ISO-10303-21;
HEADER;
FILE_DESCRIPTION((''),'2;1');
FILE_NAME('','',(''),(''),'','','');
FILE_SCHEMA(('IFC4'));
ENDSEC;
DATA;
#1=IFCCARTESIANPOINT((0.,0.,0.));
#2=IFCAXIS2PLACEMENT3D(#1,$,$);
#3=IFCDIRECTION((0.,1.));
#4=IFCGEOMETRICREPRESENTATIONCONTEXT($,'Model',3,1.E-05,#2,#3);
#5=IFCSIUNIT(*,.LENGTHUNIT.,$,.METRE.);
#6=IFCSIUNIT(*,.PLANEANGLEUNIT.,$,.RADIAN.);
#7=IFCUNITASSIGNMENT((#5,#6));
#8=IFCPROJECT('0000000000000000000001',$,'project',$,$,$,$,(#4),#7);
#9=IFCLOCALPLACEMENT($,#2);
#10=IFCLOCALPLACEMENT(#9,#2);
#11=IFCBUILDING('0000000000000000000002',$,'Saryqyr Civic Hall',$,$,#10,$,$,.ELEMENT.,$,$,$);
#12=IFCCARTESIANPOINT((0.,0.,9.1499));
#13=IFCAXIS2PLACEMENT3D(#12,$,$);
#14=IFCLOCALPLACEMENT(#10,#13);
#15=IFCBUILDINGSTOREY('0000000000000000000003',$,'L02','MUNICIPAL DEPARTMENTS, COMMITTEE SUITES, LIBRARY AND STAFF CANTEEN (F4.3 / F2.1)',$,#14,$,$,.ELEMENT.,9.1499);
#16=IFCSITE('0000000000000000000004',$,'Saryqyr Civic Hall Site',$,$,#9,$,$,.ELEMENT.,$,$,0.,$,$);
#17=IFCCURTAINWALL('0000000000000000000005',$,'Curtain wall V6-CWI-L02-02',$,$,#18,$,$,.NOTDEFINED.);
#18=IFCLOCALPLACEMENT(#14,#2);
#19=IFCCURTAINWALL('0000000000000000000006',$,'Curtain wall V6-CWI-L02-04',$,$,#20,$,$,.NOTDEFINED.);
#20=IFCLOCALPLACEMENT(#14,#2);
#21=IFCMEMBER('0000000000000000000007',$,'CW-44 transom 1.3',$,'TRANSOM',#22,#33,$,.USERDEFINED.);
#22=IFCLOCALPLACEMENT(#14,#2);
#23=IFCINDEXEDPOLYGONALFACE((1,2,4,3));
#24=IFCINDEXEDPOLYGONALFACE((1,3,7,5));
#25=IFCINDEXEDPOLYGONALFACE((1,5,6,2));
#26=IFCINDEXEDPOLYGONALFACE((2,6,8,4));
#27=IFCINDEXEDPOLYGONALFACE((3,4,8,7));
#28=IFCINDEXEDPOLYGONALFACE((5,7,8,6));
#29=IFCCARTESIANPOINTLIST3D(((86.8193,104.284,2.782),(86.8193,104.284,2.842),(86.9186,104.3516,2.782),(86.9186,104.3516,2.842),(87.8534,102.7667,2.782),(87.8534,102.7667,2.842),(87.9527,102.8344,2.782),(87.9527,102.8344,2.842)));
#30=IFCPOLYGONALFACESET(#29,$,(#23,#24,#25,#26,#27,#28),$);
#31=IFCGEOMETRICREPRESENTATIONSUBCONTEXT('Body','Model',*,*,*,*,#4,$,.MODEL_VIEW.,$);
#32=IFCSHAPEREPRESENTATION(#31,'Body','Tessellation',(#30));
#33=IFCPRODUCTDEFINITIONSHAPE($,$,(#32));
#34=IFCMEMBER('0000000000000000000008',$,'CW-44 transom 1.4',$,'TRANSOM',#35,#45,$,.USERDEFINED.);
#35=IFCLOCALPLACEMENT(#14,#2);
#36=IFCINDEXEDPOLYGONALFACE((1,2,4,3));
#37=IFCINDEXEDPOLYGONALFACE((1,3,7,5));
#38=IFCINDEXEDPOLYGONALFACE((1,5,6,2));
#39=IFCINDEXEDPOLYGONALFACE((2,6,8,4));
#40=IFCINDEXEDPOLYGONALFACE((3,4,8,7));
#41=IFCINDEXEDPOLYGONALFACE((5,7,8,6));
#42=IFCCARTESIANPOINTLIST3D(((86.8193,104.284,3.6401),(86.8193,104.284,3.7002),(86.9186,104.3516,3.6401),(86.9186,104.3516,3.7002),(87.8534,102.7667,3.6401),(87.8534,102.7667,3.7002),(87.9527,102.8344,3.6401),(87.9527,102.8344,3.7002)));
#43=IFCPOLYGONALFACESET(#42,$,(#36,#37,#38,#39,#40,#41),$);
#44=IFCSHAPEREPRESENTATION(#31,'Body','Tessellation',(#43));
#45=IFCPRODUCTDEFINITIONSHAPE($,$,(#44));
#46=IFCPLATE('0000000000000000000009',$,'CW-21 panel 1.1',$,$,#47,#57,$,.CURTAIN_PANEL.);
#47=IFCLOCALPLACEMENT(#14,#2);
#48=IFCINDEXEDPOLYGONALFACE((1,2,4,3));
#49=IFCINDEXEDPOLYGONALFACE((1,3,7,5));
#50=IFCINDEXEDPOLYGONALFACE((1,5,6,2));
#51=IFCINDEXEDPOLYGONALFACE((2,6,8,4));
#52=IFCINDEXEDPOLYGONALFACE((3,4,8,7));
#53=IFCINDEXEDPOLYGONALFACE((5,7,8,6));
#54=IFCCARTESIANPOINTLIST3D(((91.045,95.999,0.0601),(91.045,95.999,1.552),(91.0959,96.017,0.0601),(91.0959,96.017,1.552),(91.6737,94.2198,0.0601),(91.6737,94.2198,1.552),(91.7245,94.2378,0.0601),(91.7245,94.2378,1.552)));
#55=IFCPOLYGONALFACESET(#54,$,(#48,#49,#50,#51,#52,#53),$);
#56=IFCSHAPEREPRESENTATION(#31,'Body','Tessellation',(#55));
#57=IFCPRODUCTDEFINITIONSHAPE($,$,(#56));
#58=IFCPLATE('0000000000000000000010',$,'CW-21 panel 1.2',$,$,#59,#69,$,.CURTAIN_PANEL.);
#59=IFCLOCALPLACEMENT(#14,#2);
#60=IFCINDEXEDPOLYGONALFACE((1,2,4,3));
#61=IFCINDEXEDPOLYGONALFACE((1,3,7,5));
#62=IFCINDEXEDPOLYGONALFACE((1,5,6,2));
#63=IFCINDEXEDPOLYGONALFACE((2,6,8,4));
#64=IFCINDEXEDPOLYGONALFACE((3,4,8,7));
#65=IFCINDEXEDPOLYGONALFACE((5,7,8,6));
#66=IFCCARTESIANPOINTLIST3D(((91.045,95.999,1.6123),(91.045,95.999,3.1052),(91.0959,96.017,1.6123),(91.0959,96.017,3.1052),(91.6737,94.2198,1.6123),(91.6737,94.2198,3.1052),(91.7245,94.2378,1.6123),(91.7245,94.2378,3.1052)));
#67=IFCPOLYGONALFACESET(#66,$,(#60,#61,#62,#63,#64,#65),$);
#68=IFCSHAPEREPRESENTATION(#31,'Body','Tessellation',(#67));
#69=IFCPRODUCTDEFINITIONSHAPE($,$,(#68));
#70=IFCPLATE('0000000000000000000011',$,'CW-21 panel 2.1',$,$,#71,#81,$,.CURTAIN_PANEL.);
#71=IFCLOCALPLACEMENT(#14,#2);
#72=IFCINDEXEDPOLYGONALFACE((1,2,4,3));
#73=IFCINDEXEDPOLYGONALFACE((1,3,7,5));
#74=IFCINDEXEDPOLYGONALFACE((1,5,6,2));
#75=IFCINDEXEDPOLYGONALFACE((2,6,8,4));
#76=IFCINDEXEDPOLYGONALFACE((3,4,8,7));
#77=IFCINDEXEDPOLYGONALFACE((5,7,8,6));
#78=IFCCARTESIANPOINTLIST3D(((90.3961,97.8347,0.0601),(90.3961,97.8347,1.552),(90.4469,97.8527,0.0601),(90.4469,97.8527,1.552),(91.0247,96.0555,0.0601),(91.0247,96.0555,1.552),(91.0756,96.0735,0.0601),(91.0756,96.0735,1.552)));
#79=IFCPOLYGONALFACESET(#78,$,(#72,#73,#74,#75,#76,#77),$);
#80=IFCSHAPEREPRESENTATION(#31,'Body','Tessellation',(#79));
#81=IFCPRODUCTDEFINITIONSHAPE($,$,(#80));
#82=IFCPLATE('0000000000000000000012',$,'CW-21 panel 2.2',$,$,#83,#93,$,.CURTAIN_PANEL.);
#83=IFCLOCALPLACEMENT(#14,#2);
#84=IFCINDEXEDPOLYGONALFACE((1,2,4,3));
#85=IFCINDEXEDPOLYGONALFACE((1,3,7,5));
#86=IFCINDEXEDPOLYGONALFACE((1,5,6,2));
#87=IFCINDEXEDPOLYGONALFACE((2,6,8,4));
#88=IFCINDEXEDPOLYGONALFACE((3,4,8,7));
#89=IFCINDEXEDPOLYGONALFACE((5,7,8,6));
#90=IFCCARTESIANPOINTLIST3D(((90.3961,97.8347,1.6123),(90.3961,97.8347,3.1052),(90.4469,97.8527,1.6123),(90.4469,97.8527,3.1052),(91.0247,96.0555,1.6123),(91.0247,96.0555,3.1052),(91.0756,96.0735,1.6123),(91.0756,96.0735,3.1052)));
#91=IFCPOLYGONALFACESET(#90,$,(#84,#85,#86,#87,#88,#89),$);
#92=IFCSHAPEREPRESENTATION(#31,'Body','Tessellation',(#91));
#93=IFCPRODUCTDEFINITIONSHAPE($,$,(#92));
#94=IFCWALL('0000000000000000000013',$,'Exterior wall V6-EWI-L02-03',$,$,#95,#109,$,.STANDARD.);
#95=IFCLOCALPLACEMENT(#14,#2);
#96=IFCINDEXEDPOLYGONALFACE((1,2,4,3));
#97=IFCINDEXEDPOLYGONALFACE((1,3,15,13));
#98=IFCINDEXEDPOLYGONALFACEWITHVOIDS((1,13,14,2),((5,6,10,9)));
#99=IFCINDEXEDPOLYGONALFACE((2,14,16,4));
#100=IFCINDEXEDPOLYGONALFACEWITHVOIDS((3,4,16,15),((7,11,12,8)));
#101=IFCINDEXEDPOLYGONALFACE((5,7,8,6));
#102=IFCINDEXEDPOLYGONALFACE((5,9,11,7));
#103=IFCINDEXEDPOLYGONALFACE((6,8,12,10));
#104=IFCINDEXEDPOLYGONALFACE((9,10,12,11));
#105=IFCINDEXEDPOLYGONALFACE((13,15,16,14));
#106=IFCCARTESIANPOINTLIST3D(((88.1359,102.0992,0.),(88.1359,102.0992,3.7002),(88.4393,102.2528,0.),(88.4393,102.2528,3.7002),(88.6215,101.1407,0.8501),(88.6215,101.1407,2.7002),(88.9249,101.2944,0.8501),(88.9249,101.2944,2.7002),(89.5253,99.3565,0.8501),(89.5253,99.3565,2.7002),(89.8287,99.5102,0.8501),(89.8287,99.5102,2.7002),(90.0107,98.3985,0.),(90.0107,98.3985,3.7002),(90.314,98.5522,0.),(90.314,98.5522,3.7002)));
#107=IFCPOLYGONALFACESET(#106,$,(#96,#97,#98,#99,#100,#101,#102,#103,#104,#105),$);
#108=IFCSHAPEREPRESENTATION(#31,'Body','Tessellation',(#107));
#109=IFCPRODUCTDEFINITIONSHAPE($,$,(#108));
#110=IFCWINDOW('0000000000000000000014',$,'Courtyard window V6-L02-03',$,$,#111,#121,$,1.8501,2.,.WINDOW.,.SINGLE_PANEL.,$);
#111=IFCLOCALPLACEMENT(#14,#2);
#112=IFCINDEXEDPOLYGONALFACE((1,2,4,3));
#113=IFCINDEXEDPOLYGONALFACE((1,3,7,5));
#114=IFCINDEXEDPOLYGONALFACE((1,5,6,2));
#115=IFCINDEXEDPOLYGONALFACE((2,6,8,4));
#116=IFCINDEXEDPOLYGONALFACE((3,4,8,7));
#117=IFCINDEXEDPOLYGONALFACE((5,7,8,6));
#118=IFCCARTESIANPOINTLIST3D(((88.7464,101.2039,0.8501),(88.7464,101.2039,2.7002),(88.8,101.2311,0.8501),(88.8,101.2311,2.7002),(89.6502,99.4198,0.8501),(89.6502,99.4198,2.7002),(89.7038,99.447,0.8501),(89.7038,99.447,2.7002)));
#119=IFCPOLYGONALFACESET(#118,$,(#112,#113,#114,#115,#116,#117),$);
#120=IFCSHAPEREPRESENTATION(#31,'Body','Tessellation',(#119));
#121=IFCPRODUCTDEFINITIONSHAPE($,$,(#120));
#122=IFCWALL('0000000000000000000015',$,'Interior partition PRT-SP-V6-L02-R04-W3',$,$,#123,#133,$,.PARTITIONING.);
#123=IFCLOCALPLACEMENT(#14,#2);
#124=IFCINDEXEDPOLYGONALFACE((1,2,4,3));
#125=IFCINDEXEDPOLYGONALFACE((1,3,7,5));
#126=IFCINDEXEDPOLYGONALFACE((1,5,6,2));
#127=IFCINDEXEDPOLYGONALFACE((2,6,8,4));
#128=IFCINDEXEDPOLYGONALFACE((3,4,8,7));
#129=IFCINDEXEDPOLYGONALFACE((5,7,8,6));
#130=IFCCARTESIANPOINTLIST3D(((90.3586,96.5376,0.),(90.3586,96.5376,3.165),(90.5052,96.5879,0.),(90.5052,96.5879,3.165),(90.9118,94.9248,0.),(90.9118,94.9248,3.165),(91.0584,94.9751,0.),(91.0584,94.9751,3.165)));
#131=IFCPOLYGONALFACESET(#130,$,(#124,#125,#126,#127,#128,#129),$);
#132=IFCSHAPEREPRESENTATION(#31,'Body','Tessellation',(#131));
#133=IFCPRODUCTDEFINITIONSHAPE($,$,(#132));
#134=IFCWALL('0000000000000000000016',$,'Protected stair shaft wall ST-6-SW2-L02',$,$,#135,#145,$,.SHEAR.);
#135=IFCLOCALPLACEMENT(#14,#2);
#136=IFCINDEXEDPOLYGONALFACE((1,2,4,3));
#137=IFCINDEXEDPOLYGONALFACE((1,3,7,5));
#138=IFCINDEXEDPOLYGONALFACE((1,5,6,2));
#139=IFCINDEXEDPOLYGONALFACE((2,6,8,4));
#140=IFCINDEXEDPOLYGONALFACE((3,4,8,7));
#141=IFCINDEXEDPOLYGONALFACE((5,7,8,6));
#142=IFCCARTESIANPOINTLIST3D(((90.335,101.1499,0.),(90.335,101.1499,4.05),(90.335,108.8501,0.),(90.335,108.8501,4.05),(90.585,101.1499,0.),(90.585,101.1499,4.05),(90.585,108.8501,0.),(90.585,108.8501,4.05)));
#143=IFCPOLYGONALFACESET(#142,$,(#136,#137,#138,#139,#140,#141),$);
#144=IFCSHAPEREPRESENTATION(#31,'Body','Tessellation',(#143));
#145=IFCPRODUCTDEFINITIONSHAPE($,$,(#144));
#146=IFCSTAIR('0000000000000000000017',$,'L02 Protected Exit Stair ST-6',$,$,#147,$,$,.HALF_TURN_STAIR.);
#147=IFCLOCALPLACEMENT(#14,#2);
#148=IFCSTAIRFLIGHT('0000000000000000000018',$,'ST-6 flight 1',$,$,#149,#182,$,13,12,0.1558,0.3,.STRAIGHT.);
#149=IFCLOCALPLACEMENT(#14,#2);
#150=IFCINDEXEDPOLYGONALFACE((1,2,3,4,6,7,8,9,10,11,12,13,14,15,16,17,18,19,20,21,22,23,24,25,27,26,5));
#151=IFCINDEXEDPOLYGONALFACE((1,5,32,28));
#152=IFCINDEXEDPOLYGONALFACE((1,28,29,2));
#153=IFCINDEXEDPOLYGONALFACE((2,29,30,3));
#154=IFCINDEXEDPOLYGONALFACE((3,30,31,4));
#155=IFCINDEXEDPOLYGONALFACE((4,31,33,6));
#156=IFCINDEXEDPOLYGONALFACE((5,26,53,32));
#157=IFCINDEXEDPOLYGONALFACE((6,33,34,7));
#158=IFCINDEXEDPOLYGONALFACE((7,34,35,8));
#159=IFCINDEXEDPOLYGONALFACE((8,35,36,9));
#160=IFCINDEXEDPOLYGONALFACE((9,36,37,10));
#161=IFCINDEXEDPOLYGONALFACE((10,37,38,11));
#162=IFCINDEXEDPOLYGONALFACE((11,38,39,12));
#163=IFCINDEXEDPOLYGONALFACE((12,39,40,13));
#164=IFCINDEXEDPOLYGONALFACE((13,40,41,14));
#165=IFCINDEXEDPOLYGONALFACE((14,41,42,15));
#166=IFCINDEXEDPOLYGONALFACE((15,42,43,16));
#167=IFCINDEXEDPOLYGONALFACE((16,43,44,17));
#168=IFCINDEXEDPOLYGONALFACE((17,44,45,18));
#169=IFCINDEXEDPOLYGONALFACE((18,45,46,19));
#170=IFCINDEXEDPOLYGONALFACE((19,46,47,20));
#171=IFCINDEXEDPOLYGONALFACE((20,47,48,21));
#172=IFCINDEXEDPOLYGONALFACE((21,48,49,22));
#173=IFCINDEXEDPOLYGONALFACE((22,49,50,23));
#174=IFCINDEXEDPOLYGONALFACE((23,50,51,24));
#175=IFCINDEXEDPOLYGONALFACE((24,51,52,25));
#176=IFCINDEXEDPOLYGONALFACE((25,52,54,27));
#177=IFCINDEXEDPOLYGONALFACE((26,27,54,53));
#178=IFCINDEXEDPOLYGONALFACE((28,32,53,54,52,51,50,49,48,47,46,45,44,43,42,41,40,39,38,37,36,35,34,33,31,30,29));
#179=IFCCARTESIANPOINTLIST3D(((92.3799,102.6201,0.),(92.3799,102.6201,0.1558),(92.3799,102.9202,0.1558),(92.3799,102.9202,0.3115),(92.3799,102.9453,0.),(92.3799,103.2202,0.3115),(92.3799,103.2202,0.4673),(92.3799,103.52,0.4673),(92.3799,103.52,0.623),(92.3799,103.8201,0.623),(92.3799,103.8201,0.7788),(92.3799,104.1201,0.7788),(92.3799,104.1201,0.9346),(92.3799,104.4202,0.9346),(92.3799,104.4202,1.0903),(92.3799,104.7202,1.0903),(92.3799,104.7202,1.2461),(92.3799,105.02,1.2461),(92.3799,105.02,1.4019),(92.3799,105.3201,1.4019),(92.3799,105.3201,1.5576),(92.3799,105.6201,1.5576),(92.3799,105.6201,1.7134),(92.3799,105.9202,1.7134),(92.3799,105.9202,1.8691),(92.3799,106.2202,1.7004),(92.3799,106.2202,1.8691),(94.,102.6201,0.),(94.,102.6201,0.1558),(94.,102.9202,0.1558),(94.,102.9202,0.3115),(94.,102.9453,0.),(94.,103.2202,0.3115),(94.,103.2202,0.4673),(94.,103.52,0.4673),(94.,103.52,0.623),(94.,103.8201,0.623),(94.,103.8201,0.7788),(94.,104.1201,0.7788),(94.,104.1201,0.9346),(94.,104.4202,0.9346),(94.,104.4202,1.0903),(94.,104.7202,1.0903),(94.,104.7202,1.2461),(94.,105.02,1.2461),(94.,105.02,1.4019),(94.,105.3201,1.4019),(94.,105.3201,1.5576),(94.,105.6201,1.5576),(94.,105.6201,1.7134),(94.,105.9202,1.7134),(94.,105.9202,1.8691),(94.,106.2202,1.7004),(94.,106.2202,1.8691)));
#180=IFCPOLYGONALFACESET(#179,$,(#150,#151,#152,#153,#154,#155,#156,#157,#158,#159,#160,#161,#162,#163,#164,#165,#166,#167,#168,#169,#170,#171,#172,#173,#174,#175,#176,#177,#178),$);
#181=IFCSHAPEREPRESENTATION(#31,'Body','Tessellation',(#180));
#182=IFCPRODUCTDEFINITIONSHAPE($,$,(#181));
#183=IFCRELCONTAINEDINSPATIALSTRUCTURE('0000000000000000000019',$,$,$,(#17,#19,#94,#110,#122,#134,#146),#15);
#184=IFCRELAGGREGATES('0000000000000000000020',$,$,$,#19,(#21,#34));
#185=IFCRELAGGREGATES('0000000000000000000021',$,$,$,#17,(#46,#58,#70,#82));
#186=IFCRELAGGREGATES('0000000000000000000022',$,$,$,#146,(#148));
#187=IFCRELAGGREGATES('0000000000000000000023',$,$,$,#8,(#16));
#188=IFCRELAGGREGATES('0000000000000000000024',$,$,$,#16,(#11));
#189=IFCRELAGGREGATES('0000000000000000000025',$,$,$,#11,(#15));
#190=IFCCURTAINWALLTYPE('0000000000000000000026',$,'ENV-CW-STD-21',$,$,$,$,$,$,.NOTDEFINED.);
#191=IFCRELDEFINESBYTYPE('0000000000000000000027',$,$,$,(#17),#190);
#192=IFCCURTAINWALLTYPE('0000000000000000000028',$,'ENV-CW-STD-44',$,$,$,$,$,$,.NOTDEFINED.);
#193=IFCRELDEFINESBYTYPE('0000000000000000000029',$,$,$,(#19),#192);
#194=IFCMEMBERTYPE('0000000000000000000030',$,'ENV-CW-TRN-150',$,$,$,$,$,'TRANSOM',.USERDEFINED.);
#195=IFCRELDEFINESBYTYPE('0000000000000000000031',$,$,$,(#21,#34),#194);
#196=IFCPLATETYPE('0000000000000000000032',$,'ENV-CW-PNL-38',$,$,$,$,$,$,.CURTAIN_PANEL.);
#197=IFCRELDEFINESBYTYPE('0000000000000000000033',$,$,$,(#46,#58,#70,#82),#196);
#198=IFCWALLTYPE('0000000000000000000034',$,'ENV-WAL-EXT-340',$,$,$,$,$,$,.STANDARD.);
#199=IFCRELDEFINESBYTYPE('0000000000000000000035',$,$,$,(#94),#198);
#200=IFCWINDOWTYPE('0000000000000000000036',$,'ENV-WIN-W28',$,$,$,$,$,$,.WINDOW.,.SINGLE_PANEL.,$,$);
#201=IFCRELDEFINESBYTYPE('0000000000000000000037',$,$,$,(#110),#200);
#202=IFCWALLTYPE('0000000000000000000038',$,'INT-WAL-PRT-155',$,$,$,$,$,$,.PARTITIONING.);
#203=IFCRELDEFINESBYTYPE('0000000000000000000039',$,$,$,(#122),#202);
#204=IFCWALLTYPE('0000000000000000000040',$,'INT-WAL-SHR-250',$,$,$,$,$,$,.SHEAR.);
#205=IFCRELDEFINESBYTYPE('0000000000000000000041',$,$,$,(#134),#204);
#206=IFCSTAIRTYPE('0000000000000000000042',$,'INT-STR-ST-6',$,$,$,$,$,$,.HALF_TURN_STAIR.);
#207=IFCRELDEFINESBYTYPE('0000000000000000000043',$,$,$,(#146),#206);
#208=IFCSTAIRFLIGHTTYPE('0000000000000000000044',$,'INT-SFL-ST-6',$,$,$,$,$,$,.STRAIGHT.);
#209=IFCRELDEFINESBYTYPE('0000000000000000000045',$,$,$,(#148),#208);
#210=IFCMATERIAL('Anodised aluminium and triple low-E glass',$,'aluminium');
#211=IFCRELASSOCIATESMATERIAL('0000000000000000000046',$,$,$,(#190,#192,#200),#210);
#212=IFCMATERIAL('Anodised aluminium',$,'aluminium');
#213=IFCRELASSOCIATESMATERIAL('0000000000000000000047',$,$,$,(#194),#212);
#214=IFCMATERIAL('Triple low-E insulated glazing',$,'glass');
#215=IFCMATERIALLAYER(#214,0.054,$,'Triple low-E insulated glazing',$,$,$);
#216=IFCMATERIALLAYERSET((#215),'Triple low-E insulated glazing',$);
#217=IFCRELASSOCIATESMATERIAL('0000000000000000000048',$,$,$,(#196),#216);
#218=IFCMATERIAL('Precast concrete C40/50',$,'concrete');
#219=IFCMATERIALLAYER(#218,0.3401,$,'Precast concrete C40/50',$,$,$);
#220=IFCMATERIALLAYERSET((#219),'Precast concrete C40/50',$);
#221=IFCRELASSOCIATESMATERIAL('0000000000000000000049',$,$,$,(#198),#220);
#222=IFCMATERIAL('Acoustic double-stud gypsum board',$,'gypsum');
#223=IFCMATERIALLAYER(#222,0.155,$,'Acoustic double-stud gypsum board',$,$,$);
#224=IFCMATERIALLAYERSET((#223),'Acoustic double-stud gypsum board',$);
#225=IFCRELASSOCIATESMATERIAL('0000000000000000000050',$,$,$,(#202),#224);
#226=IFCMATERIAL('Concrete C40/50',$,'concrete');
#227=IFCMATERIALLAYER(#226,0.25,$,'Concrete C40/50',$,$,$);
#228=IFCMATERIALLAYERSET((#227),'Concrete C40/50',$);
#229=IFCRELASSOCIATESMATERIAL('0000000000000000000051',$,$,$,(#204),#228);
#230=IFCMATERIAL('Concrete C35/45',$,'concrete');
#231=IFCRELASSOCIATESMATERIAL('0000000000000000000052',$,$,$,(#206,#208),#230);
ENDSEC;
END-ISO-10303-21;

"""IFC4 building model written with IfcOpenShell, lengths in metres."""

from ifc_helpers import new_model, si_unit, direction, frame, frame_2d, origin, origin_2d, place, context, subcontext, project, spatial, polyline, rectangle, outline, extrude, material, layer, layer_set, material_profile, profile_set, type_object, element, fill, aggregate, save


model = new_model("IFC4")

# Units and contexts
model_context = context("Model", 3, precision=1e-05, world=origin(), true_north=direction((0.0, 1.0)))
body_context = subcontext(model_context, "Body", "Model", "MODEL_VIEW")
ifc_project = project(units=[si_unit("LENGTHUNIT", "METRE"), si_unit("PLANEANGLEUNIT", "RADIAN")], contexts=[model_context])

# Site, building, storey
site_placement = place(None, origin())
site = spatial("IfcSite", under=ifc_project, at=site_placement, Name="Saryqyr Civic Hall Site", CompositionType="ELEMENT", RefElevation=0.0)
building_placement = place(site_placement, origin())
building = spatial("IfcBuilding", under=site, at=building_placement, Name="Saryqyr Civic Hall", CompositionType="ELEMENT")
storey_placement = place(building_placement, frame((0.0, 0.0, 9.1499)))
storey = spatial("IfcBuildingStorey", under=building, at=storey_placement, Name="L02", Description="MUNICIPAL DEPARTMENTS, COMMITTEE SUITES, LIBRARY AND STAFF CANTEEN (F4.3 / F2.1)", CompositionType="ELEMENT", Elevation=9.1499)

# Shared definitions
ifc_material_1 = material(Name="Concrete C40/50", Category="concrete")

# Curtain wall
ifc_material_2 = material(Name="Anodised aluminium and triple low-E glass", Category="aluminium")
curtain_wall_type_1 = type_object("IfcCurtainWallType", Name="ENV-CW-STD-21", PredefinedType="NOTDEFINED", material=ifc_material_2)
curtain_wall_1_placement = place(storey_placement, origin())
curtain_wall_1 = element("IfcCurtainWall", 1, at=curtain_wall_1_placement, inside=storey, type_object=curtain_wall_type_1, Name="Curtain wall V6-CWI-L02-02", PredefinedType="NOTDEFINED")
ifc_material_3 = material(Name="Anodised aluminium", Category="aluminium")

# Curtain wall
curtain_wall_type_2 = type_object("IfcCurtainWallType", Name="ENV-CW-STD-44", PredefinedType="NOTDEFINED", material=ifc_material_2)
curtain_wall_2_placement = place(storey_placement, origin())
curtain_wall_2 = element("IfcCurtainWall", 2, at=curtain_wall_2_placement, inside=storey, type_object=curtain_wall_type_2, Name="Curtain wall V6-CWI-L02-04", PredefinedType="NOTDEFINED")

# Members
ifc_material_profile_1 = material_profile(ifc_material_3, rectangle(XDim=0.1201, YDim=0.0601, at=origin_2d()), Name="ALU TRANSOM 120x60")
ifc_profile_set_1 = profile_set([ifc_material_profile_1], Name="Anodised aluminium")
member_type_1 = type_object("IfcMemberType", Name="ENV-CW-TRN-150", ElementType="TRANSOM", PredefinedType="USERDEFINED", material=ifc_profile_set_1)
member_1_placement = place(storey_placement, frame((87.9031, 102.8005, 2.812), z_axis=(-0.563201, 0.82632, 0.0), x_axis=(-0.82632, -0.563201, 0.0)))
member_1 = element("IfcMember", 3, at=member_1_placement, type_object=member_type_1, Name="CW-44 transom 1.3", ObjectType="TRANSOM", PredefinedType="USERDEFINED", context=body_context, shape_type="SweptSolid", body=[
    extrude(rectangle(XDim=0.1201, YDim=0.0601, at=origin_2d()), origin(), (0.0, 0.0, 1.0), 1.8362),
])
member_2_placement = place(storey_placement, frame((87.9031, 102.8005, 3.6702), z_axis=(-0.563201, 0.82632, 0.0), x_axis=(-0.82632, -0.563201, 0.0)))
member_2 = element("IfcMember", 4, at=member_2_placement, type_object=member_type_1, Name="CW-44 transom 1.4", ObjectType="TRANSOM", PredefinedType="USERDEFINED", context=body_context, shape_type="SweptSolid", body=[
    extrude(rectangle(XDim=0.1201, YDim=0.0601, at=origin_2d()), origin(), (0.0, 0.0, 1.0), 1.8362),
])
aggregate(curtain_wall_2, [member_1, member_2])

# Plates
ifc_material_4 = material(Name="Triple low-E insulated glazing", Category="glass")
ifc_layer_1 = layer(ifc_material_4, 0.054, Name="Triple low-E insulated glazing")
ifc_layer_set_1 = layer_set([ifc_layer_1], Name="Triple low-E insulated glazing")
plate_type = type_object("IfcPlateType", Name="ENV-CW-PNL-38", PredefinedType="CURTAIN_PANEL", material=ifc_layer_set_1)
plate_1_placement = place(storey_placement, frame((91.3848, 95.1184, 0.0601), z_axis=(0.0, 0.0, 1.0), x_axis=(-0.333172, 0.942866, 0.0)))
plate_1 = element("IfcPlate", 5, at=plate_1_placement, type_object=plate_type, Name="CW-21 panel 1.1", PredefinedType="CURTAIN_PANEL", context=body_context, shape_type="SweptSolid", body=[
    extrude(rectangle(XDim=1.887, YDim=0.054, at=origin_2d()), origin(), (0.0, 0.0, 1.0), 1.4919),
])
plate_2_placement = place(storey_placement, frame((91.3848, 95.1184, 1.6123), z_axis=(0.0, 0.0, 1.0), x_axis=(-0.333172, 0.942866, 0.0)))
plate_2 = element("IfcPlate", 6, at=plate_2_placement, type_object=plate_type, Name="CW-21 panel 1.2", PredefinedType="CURTAIN_PANEL", context=body_context, shape_type="SweptSolid", body=[
    extrude(rectangle(XDim=1.887, YDim=0.054, at=origin_2d()), origin(), (0.0, 0.0, 1.0), 1.4929),
])
plate_3_placement = place(storey_placement, frame((90.7358, 96.9541, 0.0601), z_axis=(0.0, 0.0, 1.0), x_axis=(-0.333172, 0.942866, 0.0)))
plate_3 = element("IfcPlate", 7, at=plate_3_placement, type_object=plate_type, Name="CW-21 panel 2.1", PredefinedType="CURTAIN_PANEL", context=body_context, shape_type="SweptSolid", body=[
    extrude(rectangle(XDim=1.887, YDim=0.054, at=origin_2d()), origin(), (0.0, 0.0, 1.0), 1.4919),
])
plate_4_placement = place(storey_placement, frame((90.7358, 96.9541, 1.6123), z_axis=(0.0, 0.0, 1.0), x_axis=(-0.333172, 0.942866, 0.0)))
plate_4 = element("IfcPlate", 8, at=plate_4_placement, type_object=plate_type, Name="CW-21 panel 2.2", PredefinedType="CURTAIN_PANEL", context=body_context, shape_type="SweptSolid", body=[
    extrude(rectangle(XDim=1.887, YDim=0.054, at=origin_2d()), origin(), (0.0, 0.0, 1.0), 1.4929),
])
aggregate(curtain_wall_1, [plate_1, plate_2, plate_3, plate_4])

# Wall, opening, window
ifc_material_5 = material(Name="Precast concrete C40/50", Category="concrete")
ifc_layer_2 = layer(ifc_material_5, 0.3401, Name="Precast concrete C40/50")
ifc_layer_set_2 = layer_set([ifc_layer_2], Name="Precast concrete C40/50")
wall_type_1 = type_object("IfcWallType", Name="ENV-WAL-EXT-340", PredefinedType="STANDARD", material=ifc_layer_set_2)
wall_1_placement = place(storey_placement, frame((90.1624, 98.4753, 0.0), z_axis=(0.0, 0.0, 1.0), x_axis=(-0.451915, 0.892061, 0.0)))
wall_1 = element("IfcWall", 9, at=wall_1_placement, inside=storey, type_object=wall_type_1, Name="Exterior wall V6-EWI-L02-03", PredefinedType="STANDARD", context=body_context, shape_type="SweptSolid", body=[
    extrude(rectangle(XDim=4.1484, YDim=0.3401, at=frame_2d((2.0742, 0.0))), origin(), (0.0, 0.0, 1.0), 3.7002),
])
opening_placement = place(wall_1_placement, frame((1.074, 0.0, 0.8501)))
opening = element("IfcOpeningElement", 10, at=opening_placement, cuts=wall_1, PredefinedType="OPENING", context=body_context, shape_type="SweptSolid", body=[
    extrude(rectangle(XDim=2.0, YDim=1.8501, at=frame_2d((1.0, 0.925))), frame((0.0, 0.1799, 0.0), z_axis=(0.0, -1.0, 0.0), x_axis=(1.0, 0.0, 0.0)), (0.0, 0.0, 1.0), 0.3601),
])
window_type = type_object("IfcWindowType", Name="ENV-WIN-W28", PartitioningType="SINGLE_PANEL", PredefinedType="WINDOW", material=ifc_material_2)
window_placement = place(opening_placement, origin())
window = element("IfcWindow", 11, at=window_placement, inside=storey, type_object=window_type, Name="Courtyard window V6-L02-03", OverallHeight=1.8501, OverallWidth=2.0, PartitioningType="SINGLE_PANEL", PredefinedType="WINDOW", context=body_context, shape_type="SweptSolid", body=[
    extrude(rectangle(XDim=2.0, YDim=1.8501, at=frame_2d((1.0, 0.925))), frame((0.0, 0.03, 0.0), z_axis=(0.0, -1.0, 0.0), x_axis=(1.0, 0.0, 0.0)), (0.0, 0.0, 1.0), 0.0601),
])
fill(opening, window)

# Walls
ifc_material_6 = material(Name="Acoustic double-stud gypsum board", Category="gypsum")
ifc_layer_3 = layer(ifc_material_6, 0.155, Name="Acoustic double-stud gypsum board")
ifc_layer_set_3 = layer_set([ifc_layer_3], Name="Acoustic double-stud gypsum board")
wall_type_2 = type_object("IfcWallType", Name="INT-WAL-PRT-155", PredefinedType="PARTITIONING", material=ifc_layer_set_3)
wall_2_placement = place(storey_placement, frame((90.9851, 94.95, 0.0), z_axis=(0.0, 0.0, 1.0), x_axis=(-0.324463, 0.945898, 0.0)))
element("IfcWall", 12, at=wall_2_placement, inside=storey, type_object=wall_type_2, Name="Interior partition PRT-SP-V6-L02-R04-W3", PredefinedType="PARTITIONING", context=body_context, shape_type="SweptSolid", body=[
    extrude(rectangle(XDim=1.7051, YDim=0.155, at=frame_2d((0.8525, 0.0))), origin(), (0.0, 0.0, 1.0), 3.165),
])
ifc_layer_4 = layer(ifc_material_1, 0.25, Name="Concrete C40/50")
ifc_layer_set_4 = layer_set([ifc_layer_4], Name="Concrete C40/50")
wall_type_3 = type_object("IfcWallType", Name="INT-WAL-SHR-250", PredefinedType="SHEAR", material=ifc_layer_set_4)
wall_3_placement = place(storey_placement, frame((90.46, 101.1499, 0.0), z_axis=(0.0, 0.0, 1.0), x_axis=(0.0, 1.0, 0.0)))
element("IfcWall", 13, at=wall_3_placement, inside=storey, type_object=wall_type_3, Name="Protected stair shaft wall ST-6-SW2-L02", PredefinedType="SHEAR", context=body_context, shape_type="SweptSolid", body=[
    extrude(rectangle(XDim=7.7002, YDim=0.25, at=frame_2d((3.8501, 0.0))), origin(), (0.0, 0.0, 1.0), 4.05),
])

# Stair, stair flight
ifc_material_7 = material(Name="Concrete C35/45", Category="concrete")
stair_type = type_object("IfcStairType", Name="INT-STR-ST-6", PredefinedType="HALF_TURN_STAIR", material=ifc_material_7)
stair_placement = place(storey_placement, origin())
stair = element("IfcStair", 14, at=stair_placement, inside=storey, type_object=stair_type, Name="L02 Protected Exit Stair ST-6", PredefinedType="HALF_TURN_STAIR")
stair_flight_type = type_object("IfcStairFlightType", Name="INT-SFL-ST-6", PredefinedType="STRAIGHT", material=ifc_material_7)
stair_flight_placement = place(storey_placement, frame((93.1899, 102.6201, 0.0), z_axis=(0.0, 0.0, 1.0), x_axis=(0.0, 1.0, 0.0)))
stair_flight = element("IfcStairFlight", 15, at=stair_flight_placement, type_object=stair_flight_type, Name="ST-6 flight 1", NumberOfRisers=13, NumberOfTreads=12, PredefinedType="STRAIGHT", RiserHeight=0.1558, TreadLength=0.3, context=body_context, shape_type="SweptSolid", body=[
    extrude(outline(polyline([(0.0, 0.0), (0.0, 0.1558), (0.3, 0.1558), (0.3, 0.3115), (0.6001, 0.3115), (0.6001, 0.4673), (0.8999, 0.4673), (0.8999, 0.623), (1.2, 0.623), (1.2, 0.7788), (1.5, 0.7788), (1.5, 0.9346), (1.8, 0.9346), (1.8, 1.0903), (2.1001, 1.0903), (2.1001, 1.2461), (2.3999, 1.2461), (2.3999, 1.4019), (2.7, 1.4019), (2.7, 1.5576), (3.0, 1.5576), (3.0, 1.7134), (3.3, 1.7134), (3.3, 1.8691), (3.6001, 1.8691), (3.6001, 2.0249), (3.6001, 1.7004), (0.3252, 0.0), (0.0, 0.0)])), frame((0.0, 0.8101, 0.0), z_axis=(0.0, -1.0, 0.0), x_axis=(1.0, 0.0, 0.0)), (0.0, 0.0, 1.0), 1.6201),
])
aggregate(stair, [stair_flight])

save(model, "model.ifc")
